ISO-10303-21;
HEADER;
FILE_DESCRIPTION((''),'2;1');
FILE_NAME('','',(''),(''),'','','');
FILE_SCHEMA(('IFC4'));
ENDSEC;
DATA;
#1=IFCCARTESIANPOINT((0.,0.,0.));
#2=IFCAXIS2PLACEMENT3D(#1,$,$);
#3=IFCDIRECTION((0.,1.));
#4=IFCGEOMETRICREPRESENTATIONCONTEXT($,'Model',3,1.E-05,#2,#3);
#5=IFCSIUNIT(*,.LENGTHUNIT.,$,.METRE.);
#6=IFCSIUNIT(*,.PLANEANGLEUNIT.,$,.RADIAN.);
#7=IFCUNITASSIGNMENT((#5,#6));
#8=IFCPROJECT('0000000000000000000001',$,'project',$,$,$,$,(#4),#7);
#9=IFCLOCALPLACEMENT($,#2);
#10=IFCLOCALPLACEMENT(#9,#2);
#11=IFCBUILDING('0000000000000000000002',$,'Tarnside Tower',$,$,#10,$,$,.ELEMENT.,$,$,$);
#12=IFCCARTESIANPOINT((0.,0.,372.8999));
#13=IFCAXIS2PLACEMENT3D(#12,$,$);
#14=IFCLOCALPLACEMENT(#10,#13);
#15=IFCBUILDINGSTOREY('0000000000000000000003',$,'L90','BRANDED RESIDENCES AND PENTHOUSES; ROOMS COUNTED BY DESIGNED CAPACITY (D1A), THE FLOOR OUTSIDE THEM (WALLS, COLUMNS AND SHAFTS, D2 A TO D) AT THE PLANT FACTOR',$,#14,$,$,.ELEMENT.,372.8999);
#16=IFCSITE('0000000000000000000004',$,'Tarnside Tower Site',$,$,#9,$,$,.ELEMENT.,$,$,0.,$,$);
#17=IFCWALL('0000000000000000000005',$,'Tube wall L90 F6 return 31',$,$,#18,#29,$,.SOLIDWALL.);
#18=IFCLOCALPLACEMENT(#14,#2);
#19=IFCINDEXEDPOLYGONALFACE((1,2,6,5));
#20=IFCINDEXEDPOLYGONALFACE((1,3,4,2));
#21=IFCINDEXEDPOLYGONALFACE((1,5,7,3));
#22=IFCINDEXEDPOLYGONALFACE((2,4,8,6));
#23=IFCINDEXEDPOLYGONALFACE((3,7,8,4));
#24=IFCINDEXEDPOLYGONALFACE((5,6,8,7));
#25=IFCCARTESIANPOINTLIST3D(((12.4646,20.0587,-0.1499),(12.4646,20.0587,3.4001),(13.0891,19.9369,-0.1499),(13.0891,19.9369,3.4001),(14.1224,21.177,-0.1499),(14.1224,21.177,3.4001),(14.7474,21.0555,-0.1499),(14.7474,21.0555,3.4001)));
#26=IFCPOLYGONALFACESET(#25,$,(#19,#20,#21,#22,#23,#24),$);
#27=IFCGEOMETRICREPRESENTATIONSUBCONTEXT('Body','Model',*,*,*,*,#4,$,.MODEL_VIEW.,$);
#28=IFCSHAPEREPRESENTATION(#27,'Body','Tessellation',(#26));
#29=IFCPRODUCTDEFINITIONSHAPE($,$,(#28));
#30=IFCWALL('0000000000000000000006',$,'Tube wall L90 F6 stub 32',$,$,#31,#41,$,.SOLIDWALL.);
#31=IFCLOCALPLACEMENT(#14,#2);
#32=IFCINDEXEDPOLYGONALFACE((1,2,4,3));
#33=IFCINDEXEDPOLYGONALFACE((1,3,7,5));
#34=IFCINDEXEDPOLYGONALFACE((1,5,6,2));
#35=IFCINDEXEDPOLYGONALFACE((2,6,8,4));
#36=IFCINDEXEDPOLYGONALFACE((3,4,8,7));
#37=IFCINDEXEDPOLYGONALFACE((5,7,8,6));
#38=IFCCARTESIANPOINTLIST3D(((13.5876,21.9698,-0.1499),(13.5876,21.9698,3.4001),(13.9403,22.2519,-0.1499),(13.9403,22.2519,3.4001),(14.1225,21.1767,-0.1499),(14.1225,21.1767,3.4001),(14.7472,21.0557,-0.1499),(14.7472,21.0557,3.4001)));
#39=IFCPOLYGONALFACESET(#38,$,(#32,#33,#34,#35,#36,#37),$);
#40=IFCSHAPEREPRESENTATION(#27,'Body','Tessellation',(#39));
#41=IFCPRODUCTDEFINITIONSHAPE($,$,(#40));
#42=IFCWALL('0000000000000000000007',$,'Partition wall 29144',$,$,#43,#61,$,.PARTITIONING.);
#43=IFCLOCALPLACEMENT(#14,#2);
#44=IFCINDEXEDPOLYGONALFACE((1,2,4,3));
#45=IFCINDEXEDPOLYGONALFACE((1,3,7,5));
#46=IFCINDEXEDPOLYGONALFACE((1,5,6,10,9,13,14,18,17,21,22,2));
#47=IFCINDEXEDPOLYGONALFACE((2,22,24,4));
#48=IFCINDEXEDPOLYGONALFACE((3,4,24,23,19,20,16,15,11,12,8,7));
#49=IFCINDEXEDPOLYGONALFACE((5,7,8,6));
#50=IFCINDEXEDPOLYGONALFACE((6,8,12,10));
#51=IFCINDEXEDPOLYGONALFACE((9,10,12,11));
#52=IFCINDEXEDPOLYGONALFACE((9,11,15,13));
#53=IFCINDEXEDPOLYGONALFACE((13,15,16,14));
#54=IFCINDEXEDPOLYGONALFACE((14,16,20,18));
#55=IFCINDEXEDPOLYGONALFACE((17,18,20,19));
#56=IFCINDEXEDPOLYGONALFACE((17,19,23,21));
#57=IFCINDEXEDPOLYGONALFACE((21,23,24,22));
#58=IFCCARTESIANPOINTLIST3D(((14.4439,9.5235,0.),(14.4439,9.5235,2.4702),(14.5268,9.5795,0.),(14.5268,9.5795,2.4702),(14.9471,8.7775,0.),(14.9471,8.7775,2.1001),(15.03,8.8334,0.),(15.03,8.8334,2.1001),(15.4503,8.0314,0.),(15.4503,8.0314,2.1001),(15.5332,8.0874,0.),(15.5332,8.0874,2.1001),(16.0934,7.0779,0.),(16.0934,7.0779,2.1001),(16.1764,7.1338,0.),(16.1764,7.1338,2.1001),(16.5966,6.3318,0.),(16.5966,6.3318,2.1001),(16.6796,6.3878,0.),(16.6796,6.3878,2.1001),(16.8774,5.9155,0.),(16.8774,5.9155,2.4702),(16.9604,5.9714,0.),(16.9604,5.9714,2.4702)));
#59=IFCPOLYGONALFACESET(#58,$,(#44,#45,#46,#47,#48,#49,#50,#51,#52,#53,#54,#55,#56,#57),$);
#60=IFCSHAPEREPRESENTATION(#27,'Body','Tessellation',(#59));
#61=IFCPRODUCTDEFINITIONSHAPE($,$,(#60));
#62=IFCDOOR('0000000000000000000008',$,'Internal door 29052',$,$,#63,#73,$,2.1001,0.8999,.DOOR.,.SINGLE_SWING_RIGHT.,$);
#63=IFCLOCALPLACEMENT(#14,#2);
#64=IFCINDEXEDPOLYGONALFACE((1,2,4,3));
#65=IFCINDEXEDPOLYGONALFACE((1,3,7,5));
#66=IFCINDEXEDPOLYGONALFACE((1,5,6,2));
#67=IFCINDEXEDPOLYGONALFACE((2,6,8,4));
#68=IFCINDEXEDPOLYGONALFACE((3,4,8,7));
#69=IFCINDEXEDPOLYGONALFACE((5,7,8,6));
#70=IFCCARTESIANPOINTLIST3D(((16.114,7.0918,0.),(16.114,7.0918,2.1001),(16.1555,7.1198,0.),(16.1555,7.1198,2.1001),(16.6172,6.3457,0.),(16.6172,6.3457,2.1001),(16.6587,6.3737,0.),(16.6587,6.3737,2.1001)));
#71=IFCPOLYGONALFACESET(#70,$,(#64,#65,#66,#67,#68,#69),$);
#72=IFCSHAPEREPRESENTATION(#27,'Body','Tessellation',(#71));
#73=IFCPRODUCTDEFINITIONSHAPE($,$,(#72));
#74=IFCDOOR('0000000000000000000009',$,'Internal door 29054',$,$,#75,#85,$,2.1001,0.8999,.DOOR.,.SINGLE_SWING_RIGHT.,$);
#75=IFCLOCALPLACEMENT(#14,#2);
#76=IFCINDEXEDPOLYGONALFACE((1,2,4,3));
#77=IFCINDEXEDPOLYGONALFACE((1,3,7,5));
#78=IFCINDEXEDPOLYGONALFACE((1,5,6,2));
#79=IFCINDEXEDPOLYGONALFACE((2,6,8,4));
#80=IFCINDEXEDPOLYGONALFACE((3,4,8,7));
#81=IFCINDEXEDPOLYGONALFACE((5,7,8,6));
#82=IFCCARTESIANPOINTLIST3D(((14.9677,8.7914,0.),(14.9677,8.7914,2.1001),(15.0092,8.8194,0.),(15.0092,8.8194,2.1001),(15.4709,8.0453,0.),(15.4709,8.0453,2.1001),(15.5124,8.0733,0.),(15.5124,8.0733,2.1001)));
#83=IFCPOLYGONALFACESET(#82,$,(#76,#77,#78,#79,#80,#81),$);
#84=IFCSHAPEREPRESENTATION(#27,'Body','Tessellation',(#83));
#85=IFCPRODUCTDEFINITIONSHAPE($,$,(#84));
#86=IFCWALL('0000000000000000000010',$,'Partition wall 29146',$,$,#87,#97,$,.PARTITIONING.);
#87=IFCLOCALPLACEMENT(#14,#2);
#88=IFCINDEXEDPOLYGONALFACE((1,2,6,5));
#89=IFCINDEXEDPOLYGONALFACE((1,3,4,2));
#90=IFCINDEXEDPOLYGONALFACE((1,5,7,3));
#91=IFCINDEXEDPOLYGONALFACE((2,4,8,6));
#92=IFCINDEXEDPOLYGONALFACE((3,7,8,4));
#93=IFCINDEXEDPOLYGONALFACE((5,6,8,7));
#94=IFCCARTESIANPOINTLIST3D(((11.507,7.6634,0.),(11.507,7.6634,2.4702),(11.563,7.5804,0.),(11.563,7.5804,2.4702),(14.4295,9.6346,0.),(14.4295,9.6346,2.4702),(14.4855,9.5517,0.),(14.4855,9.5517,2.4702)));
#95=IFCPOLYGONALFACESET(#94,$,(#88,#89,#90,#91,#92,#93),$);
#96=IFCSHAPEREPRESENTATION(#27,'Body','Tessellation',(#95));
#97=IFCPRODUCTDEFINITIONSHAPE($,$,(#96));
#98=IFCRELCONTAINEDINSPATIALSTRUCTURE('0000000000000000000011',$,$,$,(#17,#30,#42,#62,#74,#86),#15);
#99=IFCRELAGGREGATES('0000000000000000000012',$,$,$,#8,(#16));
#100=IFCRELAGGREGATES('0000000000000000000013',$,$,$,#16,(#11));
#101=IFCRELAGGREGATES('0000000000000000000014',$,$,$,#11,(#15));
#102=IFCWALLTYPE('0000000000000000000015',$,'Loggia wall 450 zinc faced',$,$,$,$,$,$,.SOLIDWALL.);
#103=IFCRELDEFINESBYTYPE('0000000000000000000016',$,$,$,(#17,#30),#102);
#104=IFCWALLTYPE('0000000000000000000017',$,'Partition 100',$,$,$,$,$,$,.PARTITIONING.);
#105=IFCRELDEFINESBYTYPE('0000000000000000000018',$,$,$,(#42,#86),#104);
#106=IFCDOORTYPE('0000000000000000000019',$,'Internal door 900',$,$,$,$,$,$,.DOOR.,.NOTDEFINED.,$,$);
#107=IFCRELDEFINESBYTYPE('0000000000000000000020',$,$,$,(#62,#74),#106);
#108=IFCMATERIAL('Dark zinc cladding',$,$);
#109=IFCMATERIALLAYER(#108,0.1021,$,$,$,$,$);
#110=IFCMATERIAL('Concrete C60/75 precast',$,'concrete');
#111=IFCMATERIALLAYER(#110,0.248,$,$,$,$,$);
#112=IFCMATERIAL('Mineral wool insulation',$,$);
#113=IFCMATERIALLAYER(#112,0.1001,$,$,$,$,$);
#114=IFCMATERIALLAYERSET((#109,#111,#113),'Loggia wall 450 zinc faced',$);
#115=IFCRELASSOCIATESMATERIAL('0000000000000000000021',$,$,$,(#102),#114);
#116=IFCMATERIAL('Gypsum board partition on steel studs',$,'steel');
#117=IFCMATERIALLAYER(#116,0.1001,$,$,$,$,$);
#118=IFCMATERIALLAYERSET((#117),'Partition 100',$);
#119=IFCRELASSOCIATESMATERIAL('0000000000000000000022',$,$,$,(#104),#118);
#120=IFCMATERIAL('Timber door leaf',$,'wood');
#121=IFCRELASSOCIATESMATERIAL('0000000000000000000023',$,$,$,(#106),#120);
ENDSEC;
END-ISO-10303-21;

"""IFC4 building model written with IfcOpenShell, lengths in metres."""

from ifc_helpers import new_model, si_unit, direction, frame, frame_2d, origin, place, context, subcontext, project, spatial, polyline, rectangle, outline, extrude, material, layer, layer_set, type_object, element, fill, save


model = new_model("IFC4")

# Units and contexts
model_context = context("Model", 3, precision=1e-05, world=origin(), true_north=direction((0.0, 1.0)))
body_context = subcontext(model_context, "Body", "Model", "MODEL_VIEW")
ifc_project = project(units=[si_unit("LENGTHUNIT", "METRE"), si_unit("PLANEANGLEUNIT", "RADIAN")], contexts=[model_context])

# Site, building, storey
site_placement = place(None, origin())
site = spatial("IfcSite", under=ifc_project, at=site_placement, Name="Tarnside Tower Site", CompositionType="ELEMENT", RefElevation=0.0)
building_placement = place(site_placement, origin())
building = spatial("IfcBuilding", under=site, at=building_placement, Name="Tarnside Tower", CompositionType="ELEMENT")
storey_placement = place(building_placement, frame((0.0, 0.0, 372.8999)))
storey = spatial("IfcBuildingStorey", under=building, at=storey_placement, Name="L90", Description="BRANDED RESIDENCES AND PENTHOUSES; ROOMS COUNTED BY DESIGNED CAPACITY (D1A), THE FLOOR OUTSIDE THEM (WALLS, COLUMNS AND SHAFTS, D2 A TO D) AT THE PLANT FACTOR", CompositionType="ELEMENT", Elevation=372.8999)

# Walls
ifc_material_1 = material(Name="Gypsum board partition on steel studs", Category="steel")
ifc_material_2 = material(Name="Dark zinc cladding")
ifc_layer_1 = layer(ifc_material_2, 0.1021)
ifc_material_3 = material(Name="Concrete C60/75 precast", Category="concrete")
ifc_layer_2 = layer(ifc_material_3, 0.248)
ifc_material_4 = material(Name="Mineral wool insulation")
ifc_layer_3 = layer(ifc_material_4, 0.1001)
ifc_layer_set_1 = layer_set([ifc_layer_1, ifc_layer_2, ifc_layer_3], Name="Loggia wall 450 zinc faced")
wall_type_1 = type_object("IfcWallType", Name="Loggia wall 450 zinc faced", PredefinedType="SOLIDWALL", material=ifc_layer_set_1)
wall_1_placement = place(storey_placement, frame((12.7769, 19.9978, -0.1499), z_axis=(0.0, 0.0, 1.0), x_axis=(0.829014, 0.559228, 0.0)))
element("IfcWall", 1, at=wall_1_placement, inside=storey, type_object=wall_type_1, Name="Tube wall L90 F6 return 31", PredefinedType="SOLIDWALL", context=body_context, shape_type="SweptSolid", body=[
    extrude(outline(polyline([(0.2249, -0.2251), (2.2251, -0.2251), (1.7749, 0.2251), (-0.2249, 0.2251), (0.2249, -0.2251)])), origin(), (0.0, 0.0, 1.0), 3.55),
])
wall_2_placement = place(storey_placement, frame((14.4348, 21.1162, -0.1499), z_axis=(0.0, 0.0, 1.0), x_axis=(-0.5592, 0.829033, 0.0)))
element("IfcWall", 2, at=wall_2_placement, inside=storey, type_object=wall_type_1, Name="Tube wall L90 F6 stub 32", PredefinedType="SOLIDWALL", context=body_context, shape_type="SweptSolid", body=[
    extrude(outline(polyline([(-0.2249, -0.2251), (1.218, -0.2251), (1.1814, 0.2251), (0.2249, 0.2251), (-0.2249, -0.2251)])), origin(), (0.0, 0.0, 1.0), 3.55),
])

# Wall, openings, doors
ifc_layer_4 = layer(ifc_material_1, 0.1001)
ifc_layer_set_2 = layer_set([ifc_layer_4], Name="Partition 100")
wall_type_2 = type_object("IfcWallType", Name="Partition 100", PredefinedType="PARTITIONING", material=ifc_layer_set_2)
wall_3_placement = place(storey_placement, frame((14.4854, 9.5515, 0.0), z_axis=(0.0, 0.0, 1.0), x_axis=(0.559171, -0.829052, 0.0)))
wall_3 = element("IfcWall", 3, at=wall_3_placement, inside=storey, type_object=wall_type_2, Name="Partition wall 29144", PredefinedType="PARTITIONING", context=body_context, shape_type="SweptSolid", body=[
    extrude(rectangle(XDim=4.3521, YDim=0.1001, at=frame_2d((2.176, 0.0))), origin(), (0.0, 0.0, 1.0), 2.4702),
])
opening_1_placement = place(wall_3_placement, frame((2.95, 0.0, 0.0)))
opening_1 = element("IfcOpeningElement", 4, at=opening_1_placement, cuts=wall_3, PredefinedType="OPENING", context=body_context, shape_type="SweptSolid", body=[
    extrude(rectangle(XDim=0.8999, YDim=2.1001, at=frame_2d((0.45, 1.05))), frame((0.0, 0.0601, 0.0), z_axis=(0.0, -1.0, 0.0), x_axis=(1.0, 0.0, 0.0)), (0.0, 0.0, 1.0), 0.1201),
])
opening_2_placement = place(wall_3_placement, frame((0.8999, 0.0, 0.0)))
opening_2 = element("IfcOpeningElement", 5, at=opening_2_placement, cuts=wall_3, PredefinedType="OPENING", context=body_context, shape_type="SweptSolid", body=[
    extrude(rectangle(XDim=0.8999, YDim=2.1001, at=frame_2d((0.45, 1.05))), frame((0.0, 0.0601, 0.0), z_axis=(0.0, -1.0, 0.0), x_axis=(1.0, 0.0, 0.0)), (0.0, 0.0, 1.0), 0.1201),
])
ifc_material_5 = material(Name="Timber door leaf", Category="wood")
door_type = type_object("IfcDoorType", Name="Internal door 900", OperationType="NOTDEFINED", PredefinedType="DOOR", material=ifc_material_5)
door_1_placement = place(opening_1_placement, origin())
door_1 = element("IfcDoor", 6, at=door_1_placement, inside=storey, type_object=door_type, Name="Internal door 29052", OperationType="SINGLE_SWING_RIGHT", OverallHeight=2.1001, OverallWidth=0.8999, PredefinedType="DOOR", context=body_context, shape_type="SweptSolid", body=[
    extrude(rectangle(XDim=0.8999, YDim=2.1001, at=frame_2d((0.45, 1.05))), frame((0.0, 0.0249, 0.0), z_axis=(0.0, -1.0, 0.0), x_axis=(1.0, 0.0, 0.0)), (0.0, 0.0, 1.0), 0.05),
])
fill(opening_1, door_1)
door_2_placement = place(opening_2_placement, origin())
door_2 = element("IfcDoor", 7, at=door_2_placement, inside=storey, type_object=door_type, Name="Internal door 29054", OperationType="SINGLE_SWING_RIGHT", OverallHeight=2.1001, OverallWidth=0.8999, PredefinedType="DOOR", context=body_context, shape_type="SweptSolid", body=[
    extrude(rectangle(XDim=0.8999, YDim=2.1001, at=frame_2d((0.45, 1.05))), frame((0.0, 0.0249, 0.0), z_axis=(0.0, -1.0, 0.0), x_axis=(1.0, 0.0, 0.0)), (0.0, 0.0, 1.0), 0.05),
])
fill(opening_2, door_2)

# Wall
wall_4_placement = place(storey_placement, frame((11.5349, 7.6218, 0.0), z_axis=(0.0, 0.0, 1.0), x_axis=(0.829033, 0.559199, 0.0)))
element("IfcWall", 8, at=wall_4_placement, inside=storey, type_object=wall_type_2, Name="Partition wall 29146", PredefinedType="PARTITIONING", context=body_context, shape_type="SweptSolid", body=[
    extrude(rectangle(XDim=3.5251, YDim=0.1001, at=frame_2d((1.7627, 0.0))), origin(), (0.0, 0.0, 1.0), 2.4702),
])

save(model, "model.ifc")
